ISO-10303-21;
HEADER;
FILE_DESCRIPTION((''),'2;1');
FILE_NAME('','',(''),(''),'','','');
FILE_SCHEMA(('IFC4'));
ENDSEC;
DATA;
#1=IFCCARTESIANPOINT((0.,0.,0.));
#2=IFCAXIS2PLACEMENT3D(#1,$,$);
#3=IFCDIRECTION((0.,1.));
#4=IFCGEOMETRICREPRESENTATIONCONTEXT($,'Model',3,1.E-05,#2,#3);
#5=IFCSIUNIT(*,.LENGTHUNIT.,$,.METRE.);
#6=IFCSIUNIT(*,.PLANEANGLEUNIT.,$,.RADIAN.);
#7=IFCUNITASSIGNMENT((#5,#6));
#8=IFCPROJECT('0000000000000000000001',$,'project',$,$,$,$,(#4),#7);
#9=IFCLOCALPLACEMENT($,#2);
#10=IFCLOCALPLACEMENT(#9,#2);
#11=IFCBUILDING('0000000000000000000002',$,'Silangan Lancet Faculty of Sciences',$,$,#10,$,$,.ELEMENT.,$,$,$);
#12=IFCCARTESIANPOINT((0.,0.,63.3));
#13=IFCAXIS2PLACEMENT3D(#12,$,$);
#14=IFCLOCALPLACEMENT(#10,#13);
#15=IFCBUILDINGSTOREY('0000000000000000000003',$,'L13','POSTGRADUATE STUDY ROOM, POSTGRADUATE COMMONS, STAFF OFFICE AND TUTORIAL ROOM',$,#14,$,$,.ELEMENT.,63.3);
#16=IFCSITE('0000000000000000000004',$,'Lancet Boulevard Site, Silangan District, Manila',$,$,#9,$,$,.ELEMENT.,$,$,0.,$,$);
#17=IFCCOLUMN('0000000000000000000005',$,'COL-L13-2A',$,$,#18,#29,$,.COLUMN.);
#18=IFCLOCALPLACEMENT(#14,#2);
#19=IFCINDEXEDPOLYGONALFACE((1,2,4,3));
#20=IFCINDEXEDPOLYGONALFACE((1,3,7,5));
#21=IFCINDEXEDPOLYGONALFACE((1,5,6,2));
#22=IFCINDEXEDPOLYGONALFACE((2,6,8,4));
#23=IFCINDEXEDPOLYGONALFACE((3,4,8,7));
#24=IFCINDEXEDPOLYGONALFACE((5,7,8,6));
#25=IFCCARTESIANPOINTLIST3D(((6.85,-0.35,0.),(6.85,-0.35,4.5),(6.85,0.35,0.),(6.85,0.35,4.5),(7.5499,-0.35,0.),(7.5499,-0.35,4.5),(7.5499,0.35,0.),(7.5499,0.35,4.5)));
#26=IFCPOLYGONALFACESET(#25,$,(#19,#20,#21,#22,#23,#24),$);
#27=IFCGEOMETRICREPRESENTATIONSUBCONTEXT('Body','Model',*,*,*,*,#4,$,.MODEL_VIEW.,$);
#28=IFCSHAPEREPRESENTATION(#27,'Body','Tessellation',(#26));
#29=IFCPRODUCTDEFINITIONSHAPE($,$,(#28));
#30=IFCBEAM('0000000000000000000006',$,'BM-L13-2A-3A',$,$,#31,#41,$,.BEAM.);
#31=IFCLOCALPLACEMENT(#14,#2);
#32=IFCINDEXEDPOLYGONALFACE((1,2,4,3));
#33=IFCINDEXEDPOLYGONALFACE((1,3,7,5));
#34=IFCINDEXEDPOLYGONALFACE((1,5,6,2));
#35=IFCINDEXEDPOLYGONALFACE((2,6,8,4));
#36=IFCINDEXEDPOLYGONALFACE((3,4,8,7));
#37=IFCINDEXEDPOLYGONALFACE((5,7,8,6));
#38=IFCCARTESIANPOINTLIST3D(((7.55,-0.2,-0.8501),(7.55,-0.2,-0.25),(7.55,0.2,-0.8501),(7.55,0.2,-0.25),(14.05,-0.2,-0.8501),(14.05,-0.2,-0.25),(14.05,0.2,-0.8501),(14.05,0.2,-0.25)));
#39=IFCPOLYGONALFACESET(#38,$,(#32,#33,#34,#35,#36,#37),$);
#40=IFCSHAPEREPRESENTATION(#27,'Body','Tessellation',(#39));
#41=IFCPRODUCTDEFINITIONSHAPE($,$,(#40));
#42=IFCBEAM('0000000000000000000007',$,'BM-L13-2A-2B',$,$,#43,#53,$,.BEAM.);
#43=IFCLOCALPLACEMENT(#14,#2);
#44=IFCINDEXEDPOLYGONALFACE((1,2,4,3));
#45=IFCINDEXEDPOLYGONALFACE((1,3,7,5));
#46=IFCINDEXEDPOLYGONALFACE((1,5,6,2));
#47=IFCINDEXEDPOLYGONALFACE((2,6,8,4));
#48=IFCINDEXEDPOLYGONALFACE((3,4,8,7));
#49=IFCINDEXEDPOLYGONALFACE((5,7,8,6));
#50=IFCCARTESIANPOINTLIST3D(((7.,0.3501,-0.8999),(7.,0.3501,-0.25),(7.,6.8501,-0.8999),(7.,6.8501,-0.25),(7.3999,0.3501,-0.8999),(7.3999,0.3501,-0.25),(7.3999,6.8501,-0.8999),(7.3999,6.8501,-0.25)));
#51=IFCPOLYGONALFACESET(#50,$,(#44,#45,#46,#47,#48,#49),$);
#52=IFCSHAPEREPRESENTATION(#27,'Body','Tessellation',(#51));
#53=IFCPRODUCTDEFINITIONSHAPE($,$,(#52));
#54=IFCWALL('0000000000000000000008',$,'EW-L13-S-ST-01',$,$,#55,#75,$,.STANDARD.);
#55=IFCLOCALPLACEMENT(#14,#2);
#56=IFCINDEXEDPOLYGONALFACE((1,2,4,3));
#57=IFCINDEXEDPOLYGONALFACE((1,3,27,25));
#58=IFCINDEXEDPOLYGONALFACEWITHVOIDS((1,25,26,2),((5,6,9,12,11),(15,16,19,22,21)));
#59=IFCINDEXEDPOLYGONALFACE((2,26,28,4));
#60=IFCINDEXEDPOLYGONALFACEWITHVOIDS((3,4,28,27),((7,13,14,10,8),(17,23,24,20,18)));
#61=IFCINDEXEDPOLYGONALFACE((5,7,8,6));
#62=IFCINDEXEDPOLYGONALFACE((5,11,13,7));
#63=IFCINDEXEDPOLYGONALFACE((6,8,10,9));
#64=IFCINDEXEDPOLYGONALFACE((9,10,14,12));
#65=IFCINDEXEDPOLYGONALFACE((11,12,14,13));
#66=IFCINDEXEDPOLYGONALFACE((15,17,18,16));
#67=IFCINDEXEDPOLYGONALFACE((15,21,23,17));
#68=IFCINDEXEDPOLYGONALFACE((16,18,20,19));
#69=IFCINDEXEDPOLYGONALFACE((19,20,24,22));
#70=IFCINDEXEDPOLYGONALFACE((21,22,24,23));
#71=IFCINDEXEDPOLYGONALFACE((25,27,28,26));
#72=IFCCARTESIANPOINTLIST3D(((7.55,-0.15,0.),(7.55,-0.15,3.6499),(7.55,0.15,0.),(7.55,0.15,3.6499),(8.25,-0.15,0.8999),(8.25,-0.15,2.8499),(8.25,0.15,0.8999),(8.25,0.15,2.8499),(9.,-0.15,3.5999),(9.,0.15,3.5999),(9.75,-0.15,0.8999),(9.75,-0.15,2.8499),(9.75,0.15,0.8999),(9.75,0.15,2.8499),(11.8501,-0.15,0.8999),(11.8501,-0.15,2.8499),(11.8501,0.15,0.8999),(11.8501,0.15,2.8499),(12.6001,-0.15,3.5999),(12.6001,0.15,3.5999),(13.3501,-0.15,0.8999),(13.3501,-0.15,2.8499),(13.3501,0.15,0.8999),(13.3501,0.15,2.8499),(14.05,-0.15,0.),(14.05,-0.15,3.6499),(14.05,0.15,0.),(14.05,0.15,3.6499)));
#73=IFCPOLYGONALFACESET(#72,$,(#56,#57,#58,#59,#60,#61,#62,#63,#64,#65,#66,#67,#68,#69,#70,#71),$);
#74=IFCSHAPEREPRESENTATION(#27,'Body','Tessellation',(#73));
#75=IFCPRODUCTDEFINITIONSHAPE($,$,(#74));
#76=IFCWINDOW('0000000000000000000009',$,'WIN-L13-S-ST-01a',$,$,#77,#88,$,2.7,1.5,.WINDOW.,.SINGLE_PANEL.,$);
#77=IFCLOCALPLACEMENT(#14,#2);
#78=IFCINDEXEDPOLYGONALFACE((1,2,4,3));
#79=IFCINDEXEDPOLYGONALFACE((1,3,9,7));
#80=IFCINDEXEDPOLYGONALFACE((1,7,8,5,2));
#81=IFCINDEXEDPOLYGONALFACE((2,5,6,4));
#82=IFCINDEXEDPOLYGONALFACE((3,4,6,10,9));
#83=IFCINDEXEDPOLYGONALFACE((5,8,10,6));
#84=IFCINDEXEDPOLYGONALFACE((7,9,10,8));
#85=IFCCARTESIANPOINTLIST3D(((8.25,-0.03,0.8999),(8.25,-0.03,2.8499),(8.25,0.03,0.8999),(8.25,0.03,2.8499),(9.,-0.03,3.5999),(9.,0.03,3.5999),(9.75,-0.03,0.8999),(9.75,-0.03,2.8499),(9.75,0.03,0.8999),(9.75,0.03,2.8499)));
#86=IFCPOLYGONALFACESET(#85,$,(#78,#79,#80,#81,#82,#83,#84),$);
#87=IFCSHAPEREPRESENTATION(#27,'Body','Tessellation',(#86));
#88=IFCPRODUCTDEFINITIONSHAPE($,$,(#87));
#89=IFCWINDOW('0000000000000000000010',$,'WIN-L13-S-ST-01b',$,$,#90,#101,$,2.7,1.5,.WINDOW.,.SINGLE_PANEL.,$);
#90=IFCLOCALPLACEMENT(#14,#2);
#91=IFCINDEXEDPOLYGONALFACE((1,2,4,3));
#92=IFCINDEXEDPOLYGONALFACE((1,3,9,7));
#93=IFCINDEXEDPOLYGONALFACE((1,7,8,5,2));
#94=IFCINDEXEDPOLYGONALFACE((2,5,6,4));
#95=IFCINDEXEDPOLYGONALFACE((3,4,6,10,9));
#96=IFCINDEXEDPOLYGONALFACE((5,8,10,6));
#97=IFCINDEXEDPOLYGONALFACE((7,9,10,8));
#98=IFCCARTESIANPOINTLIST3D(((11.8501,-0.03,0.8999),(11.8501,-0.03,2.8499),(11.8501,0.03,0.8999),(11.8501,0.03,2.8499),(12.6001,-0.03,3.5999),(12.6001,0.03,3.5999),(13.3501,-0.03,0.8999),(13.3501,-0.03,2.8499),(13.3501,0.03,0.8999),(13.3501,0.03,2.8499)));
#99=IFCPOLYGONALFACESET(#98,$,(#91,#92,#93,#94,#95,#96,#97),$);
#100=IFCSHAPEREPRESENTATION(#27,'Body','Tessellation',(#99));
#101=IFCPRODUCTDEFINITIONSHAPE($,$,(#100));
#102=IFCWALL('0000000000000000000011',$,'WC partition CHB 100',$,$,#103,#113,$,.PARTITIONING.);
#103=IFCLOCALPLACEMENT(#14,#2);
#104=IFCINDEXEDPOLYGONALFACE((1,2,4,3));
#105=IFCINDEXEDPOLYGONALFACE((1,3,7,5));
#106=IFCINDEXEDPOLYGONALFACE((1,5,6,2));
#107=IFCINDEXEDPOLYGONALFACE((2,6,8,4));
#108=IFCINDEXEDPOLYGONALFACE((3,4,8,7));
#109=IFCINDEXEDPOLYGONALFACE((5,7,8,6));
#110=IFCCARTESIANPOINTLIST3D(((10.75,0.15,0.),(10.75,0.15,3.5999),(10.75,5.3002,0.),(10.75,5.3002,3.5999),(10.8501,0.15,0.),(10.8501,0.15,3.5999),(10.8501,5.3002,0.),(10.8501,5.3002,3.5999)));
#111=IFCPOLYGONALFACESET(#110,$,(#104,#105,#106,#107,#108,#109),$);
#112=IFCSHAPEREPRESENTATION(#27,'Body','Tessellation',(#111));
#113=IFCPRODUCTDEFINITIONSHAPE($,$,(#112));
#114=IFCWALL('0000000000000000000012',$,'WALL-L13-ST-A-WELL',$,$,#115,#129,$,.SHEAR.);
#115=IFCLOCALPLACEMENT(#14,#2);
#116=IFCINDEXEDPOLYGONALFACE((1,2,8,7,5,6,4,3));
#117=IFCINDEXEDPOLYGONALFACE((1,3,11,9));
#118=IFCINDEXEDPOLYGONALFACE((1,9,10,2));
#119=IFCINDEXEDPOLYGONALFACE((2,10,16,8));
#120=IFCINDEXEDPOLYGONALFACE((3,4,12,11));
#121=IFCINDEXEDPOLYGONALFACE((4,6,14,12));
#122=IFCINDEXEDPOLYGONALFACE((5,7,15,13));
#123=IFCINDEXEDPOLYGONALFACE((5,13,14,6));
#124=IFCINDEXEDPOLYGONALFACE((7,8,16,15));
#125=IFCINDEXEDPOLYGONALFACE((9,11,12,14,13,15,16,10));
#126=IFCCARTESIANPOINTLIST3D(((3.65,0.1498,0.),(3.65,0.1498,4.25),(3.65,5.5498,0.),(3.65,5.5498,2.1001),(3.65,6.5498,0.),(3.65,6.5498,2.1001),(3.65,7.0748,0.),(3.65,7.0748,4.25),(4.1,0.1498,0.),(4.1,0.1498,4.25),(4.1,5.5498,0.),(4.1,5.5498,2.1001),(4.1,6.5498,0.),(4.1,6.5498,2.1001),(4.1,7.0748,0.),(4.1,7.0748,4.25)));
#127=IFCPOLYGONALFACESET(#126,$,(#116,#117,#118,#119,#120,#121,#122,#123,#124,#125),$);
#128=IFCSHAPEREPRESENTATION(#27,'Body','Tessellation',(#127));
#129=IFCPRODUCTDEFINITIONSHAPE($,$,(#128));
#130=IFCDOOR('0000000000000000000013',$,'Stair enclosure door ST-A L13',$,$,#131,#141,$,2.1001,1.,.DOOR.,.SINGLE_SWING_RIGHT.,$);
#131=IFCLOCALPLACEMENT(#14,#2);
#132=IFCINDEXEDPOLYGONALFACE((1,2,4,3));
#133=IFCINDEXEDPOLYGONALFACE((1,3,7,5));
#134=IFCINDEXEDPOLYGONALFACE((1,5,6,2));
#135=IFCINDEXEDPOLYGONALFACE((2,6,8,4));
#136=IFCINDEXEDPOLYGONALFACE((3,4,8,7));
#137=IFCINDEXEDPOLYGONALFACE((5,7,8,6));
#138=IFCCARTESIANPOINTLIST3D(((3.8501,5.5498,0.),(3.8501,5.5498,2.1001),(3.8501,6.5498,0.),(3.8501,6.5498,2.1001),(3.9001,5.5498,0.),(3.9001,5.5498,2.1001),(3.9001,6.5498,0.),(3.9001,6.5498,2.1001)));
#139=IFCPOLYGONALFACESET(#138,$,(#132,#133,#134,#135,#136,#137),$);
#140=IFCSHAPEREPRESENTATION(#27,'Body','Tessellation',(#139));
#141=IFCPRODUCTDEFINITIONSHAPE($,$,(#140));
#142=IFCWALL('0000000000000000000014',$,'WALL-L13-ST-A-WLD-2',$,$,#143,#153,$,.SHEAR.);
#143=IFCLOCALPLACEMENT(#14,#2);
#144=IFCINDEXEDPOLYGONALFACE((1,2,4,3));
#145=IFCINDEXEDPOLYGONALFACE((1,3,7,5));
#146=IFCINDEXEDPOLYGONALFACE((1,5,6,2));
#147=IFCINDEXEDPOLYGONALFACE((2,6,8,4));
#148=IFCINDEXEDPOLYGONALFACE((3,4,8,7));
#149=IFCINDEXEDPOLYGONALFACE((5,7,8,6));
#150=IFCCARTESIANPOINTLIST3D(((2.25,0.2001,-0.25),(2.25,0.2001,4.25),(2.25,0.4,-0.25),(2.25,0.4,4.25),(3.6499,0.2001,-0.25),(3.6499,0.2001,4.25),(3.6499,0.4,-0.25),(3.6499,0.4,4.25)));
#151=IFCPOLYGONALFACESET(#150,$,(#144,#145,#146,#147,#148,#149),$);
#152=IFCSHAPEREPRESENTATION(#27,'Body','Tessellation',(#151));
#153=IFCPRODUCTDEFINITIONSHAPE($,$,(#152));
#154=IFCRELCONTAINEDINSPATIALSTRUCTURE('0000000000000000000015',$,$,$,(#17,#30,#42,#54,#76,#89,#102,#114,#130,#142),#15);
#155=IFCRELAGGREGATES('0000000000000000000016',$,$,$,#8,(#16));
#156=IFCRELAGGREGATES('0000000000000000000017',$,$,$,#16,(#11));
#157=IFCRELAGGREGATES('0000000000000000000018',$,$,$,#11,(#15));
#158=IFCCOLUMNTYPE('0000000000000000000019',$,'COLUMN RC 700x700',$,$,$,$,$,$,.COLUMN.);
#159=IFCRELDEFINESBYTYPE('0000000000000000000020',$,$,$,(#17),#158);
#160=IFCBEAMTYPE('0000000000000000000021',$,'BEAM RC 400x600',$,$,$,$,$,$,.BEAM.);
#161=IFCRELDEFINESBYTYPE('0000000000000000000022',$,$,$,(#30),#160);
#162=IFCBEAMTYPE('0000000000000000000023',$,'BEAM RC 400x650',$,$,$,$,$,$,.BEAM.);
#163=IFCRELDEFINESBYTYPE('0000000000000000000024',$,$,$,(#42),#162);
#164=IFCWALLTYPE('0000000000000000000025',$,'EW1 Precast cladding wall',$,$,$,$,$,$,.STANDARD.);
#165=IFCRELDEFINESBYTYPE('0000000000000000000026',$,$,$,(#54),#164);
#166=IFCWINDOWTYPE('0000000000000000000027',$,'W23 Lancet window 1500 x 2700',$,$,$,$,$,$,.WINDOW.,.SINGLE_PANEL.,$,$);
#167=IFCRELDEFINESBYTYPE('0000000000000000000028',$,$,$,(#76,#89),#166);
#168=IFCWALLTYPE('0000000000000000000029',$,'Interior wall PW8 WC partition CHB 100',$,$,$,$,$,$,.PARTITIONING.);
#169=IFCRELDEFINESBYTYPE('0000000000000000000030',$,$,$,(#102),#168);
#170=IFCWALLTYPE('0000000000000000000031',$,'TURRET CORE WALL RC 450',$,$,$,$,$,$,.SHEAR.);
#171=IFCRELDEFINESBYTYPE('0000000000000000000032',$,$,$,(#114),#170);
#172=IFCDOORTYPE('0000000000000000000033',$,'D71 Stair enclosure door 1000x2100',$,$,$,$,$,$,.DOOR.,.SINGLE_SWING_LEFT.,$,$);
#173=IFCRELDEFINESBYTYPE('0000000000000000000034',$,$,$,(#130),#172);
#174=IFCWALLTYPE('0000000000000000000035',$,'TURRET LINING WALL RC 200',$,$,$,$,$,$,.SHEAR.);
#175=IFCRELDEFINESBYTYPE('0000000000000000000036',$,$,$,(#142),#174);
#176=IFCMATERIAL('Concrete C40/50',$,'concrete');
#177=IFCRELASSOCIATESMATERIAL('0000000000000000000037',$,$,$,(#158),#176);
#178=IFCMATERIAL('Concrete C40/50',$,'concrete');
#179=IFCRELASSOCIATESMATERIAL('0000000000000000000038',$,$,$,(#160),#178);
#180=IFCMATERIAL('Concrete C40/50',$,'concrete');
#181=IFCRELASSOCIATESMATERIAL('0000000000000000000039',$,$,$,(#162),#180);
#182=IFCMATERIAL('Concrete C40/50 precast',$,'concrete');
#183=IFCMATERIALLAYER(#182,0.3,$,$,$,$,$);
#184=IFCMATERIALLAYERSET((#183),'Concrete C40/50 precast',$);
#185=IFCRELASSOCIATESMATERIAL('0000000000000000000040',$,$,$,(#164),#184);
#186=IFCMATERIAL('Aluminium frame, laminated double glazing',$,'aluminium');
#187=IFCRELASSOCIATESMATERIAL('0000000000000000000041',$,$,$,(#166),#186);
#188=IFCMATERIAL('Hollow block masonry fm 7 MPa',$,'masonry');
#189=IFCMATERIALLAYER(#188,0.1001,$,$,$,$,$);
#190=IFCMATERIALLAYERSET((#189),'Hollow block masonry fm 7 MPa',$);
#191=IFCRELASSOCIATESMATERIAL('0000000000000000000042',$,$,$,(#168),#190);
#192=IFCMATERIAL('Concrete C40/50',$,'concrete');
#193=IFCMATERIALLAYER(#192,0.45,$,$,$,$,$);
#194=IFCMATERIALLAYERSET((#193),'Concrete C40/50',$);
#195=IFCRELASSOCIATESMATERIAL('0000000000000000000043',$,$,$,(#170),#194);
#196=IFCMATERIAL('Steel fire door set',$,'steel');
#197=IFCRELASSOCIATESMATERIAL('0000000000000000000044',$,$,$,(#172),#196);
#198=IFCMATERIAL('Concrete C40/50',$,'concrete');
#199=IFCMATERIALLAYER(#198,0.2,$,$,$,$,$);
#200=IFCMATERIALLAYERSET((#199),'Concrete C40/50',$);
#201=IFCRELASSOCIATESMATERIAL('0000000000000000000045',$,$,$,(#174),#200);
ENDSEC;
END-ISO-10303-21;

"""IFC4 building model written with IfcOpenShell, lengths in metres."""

from ifc_helpers import new_model, si_unit, direction, frame, frame_2d, origin, origin_2d, place, context, subcontext, project, spatial, polyline, rectangle, outline, extrude, material, layer, layer_set, material_profile, profile_set, type_object, element, fill, save


model = new_model("IFC4")

# Units and contexts
model_context = context("Model", 3, precision=1e-05, world=origin(), true_north=direction((0.0, 1.0)))
body_context = subcontext(model_context, "Body", "Model", "MODEL_VIEW")
ifc_project = project(units=[si_unit("LENGTHUNIT", "METRE"), si_unit("PLANEANGLEUNIT", "RADIAN")], contexts=[model_context])

# Site, building, storey
site_placement = place(None, origin())
site = spatial("IfcSite", under=ifc_project, at=site_placement, Name="Lancet Boulevard Site, Silangan District, Manila", CompositionType="ELEMENT", RefElevation=0.0)
building_placement = place(site_placement, origin())
building = spatial("IfcBuilding", under=site, at=building_placement, Name="Silangan Lancet Faculty of Sciences", CompositionType="ELEMENT")
storey_placement = place(building_placement, frame((0.0, 0.0, 63.3)))
storey = spatial("IfcBuildingStorey", under=building, at=storey_placement, Name="L13", Description="POSTGRADUATE STUDY ROOM, POSTGRADUATE COMMONS, STAFF OFFICE AND TUTORIAL ROOM", CompositionType="ELEMENT", Elevation=63.3)

# Column
ifc_material_1 = material(Name="Concrete C40/50", Category="concrete")
ifc_material_profile_1 = material_profile(ifc_material_1, rectangle(XDim=0.7, YDim=0.7, at=origin_2d()), Name="RC 700x700")
ifc_profile_set_1 = profile_set([ifc_material_profile_1], Name="Concrete C40/50")
column_type = type_object("IfcColumnType", Name="COLUMN RC 700x700", PredefinedType="COLUMN", material=ifc_profile_set_1)
column_placement = place(storey_placement, frame((7.2, 0.0, 0.0), z_axis=(0.0, 0.0, 1.0), x_axis=(1.0, 0.0, 0.0)))
element("IfcColumn", 1, at=column_placement, inside=storey, type_object=column_type, Name="COL-L13-2A", PredefinedType="COLUMN", context=body_context, shape_type="SweptSolid", body=[
    extrude(rectangle(XDim=0.7, YDim=0.7, at=origin_2d()), origin(), (0.0, 0.0, 1.0), 4.5),
])

# Beams
ifc_material_2 = material(Name="Concrete C40/50", Category="concrete")
ifc_material_profile_2 = material_profile(ifc_material_2, rectangle(XDim=0.3999, YDim=0.6001, at=origin_2d()), Name="RC 400x600")
ifc_profile_set_2 = profile_set([ifc_material_profile_2], Name="Concrete C40/50")
beam_type_1 = type_object("IfcBeamType", Name="BEAM RC 400x600", PredefinedType="BEAM", material=ifc_profile_set_2)
beam_1_placement = place(storey_placement, frame((7.55, 0.0, -0.55), z_axis=(1.0, 0.0, 0.0), x_axis=(0.0, 1.0, 0.0)))
element("IfcBeam", 2, at=beam_1_placement, inside=storey, type_object=beam_type_1, Name="BM-L13-2A-3A", PredefinedType="BEAM", context=body_context, shape_type="SweptSolid", body=[
    extrude(rectangle(XDim=0.3999, YDim=0.6001, at=origin_2d()), origin(), (0.0, 0.0, 1.0), 6.5),
])
ifc_material_3 = material(Name="Concrete C40/50", Category="concrete")
ifc_material_profile_3 = material_profile(ifc_material_3, rectangle(XDim=0.3999, YDim=0.6499, at=origin_2d()), Name="RC 400x650")
ifc_profile_set_3 = profile_set([ifc_material_profile_3], Name="Concrete C40/50")
beam_type_2 = type_object("IfcBeamType", Name="BEAM RC 400x650", PredefinedType="BEAM", material=ifc_profile_set_3)
beam_2_placement = place(storey_placement, frame((7.2, 0.3501, -0.575), z_axis=(0.0, 1.0, 0.0), x_axis=(-1.0, 0.0, 0.0)))
element("IfcBeam", 3, at=beam_2_placement, inside=storey, type_object=beam_type_2, Name="BM-L13-2A-2B", PredefinedType="BEAM", context=body_context, shape_type="SweptSolid", body=[
    extrude(rectangle(XDim=0.3999, YDim=0.6499, at=origin_2d()), origin(), (0.0, 0.0, 1.0), 6.5),
])

# Wall, openings, windows
ifc_material_4 = material(Name="Concrete C40/50 precast", Category="concrete")
ifc_layer_1 = layer(ifc_material_4, 0.3)
ifc_layer_set_1 = layer_set([ifc_layer_1], Name="Concrete C40/50 precast")
wall_type_1 = type_object("IfcWallType", Name="EW1 Precast cladding wall", PredefinedType="STANDARD", material=ifc_layer_set_1)
wall_1_placement = place(storey_placement, frame((7.55, 0.0, 0.0), z_axis=(0.0, 0.0, 1.0), x_axis=(1.0, 0.0, 0.0)))
wall_1 = element("IfcWall", 4, at=wall_1_placement, inside=storey, type_object=wall_type_1, Name="EW-L13-S-ST-01", PredefinedType="STANDARD", context=body_context, shape_type="SweptSolid", body=[
    extrude(rectangle(XDim=6.5, YDim=0.3, at=frame_2d((3.25, 0.0))), origin(), (0.0, 0.0, 1.0), 3.6499),
])
opening_1_placement = place(wall_1_placement, frame((0.7, 0.0, 0.8999)))
opening_1 = element("IfcOpeningElement", 5, at=opening_1_placement, cuts=wall_1, PredefinedType="OPENING", context=body_context, shape_type="SweptSolid", body=[
    extrude(outline(polyline([(0.0, 0.0), (1.5, 0.0), (1.5, 1.95), (0.75, 2.7), (0.0, 1.95), (0.0, 0.0)])), frame((0.0, 0.1599, 0.0), z_axis=(0.0, -1.0, 0.0), x_axis=(1.0, 0.0, 0.0)), (0.0, 0.0, 1.0), 0.3201),
])
opening_2_placement = place(wall_1_placement, frame((4.3, 0.0, 0.8999)))
opening_2 = element("IfcOpeningElement", 6, at=opening_2_placement, cuts=wall_1, PredefinedType="OPENING", context=body_context, shape_type="SweptSolid", body=[
    extrude(outline(polyline([(0.0, 0.0), (1.5, 0.0), (1.5, 1.95), (0.75, 2.7), (0.0, 1.95), (0.0, 0.0)])), frame((0.0, 0.1599, 0.0), z_axis=(0.0, -1.0, 0.0), x_axis=(1.0, 0.0, 0.0)), (0.0, 0.0, 1.0), 0.3201),
])
ifc_material_5 = material(Name="Aluminium frame, laminated double glazing", Category="aluminium")
window_type = type_object("IfcWindowType", Name="W23 Lancet window 1500 x 2700", PartitioningType="SINGLE_PANEL", PredefinedType="WINDOW", material=ifc_material_5)
window_1_placement = place(opening_1_placement, origin())
window_1 = element("IfcWindow", 7, at=window_1_placement, inside=storey, type_object=window_type, Name="WIN-L13-S-ST-01a", OverallHeight=2.7, OverallWidth=1.5, PartitioningType="SINGLE_PANEL", PredefinedType="WINDOW", context=body_context, shape_type="SweptSolid", body=[
    extrude(outline(polyline([(0.0, 0.0), (1.5, 0.0), (1.5, 1.95), (0.75, 2.7), (0.0, 1.95), (0.0, 0.0)])), frame((0.0, 0.03, 0.0), z_axis=(0.0, -1.0, 0.0), x_axis=(1.0, 0.0, 0.0)), (0.0, 0.0, 1.0), 0.0601),
])
fill(opening_1, window_1)
window_2_placement = place(opening_2_placement, origin())
window_2 = element("IfcWindow", 8, at=window_2_placement, inside=storey, type_object=window_type, Name="WIN-L13-S-ST-01b", OverallHeight=2.7, OverallWidth=1.5, PartitioningType="SINGLE_PANEL", PredefinedType="WINDOW", context=body_context, shape_type="SweptSolid", body=[
    extrude(outline(polyline([(0.0, 0.0), (1.5, 0.0), (1.5, 1.95), (0.75, 2.7), (0.0, 1.95), (0.0, 0.0)])), frame((0.0, 0.03, 0.0), z_axis=(0.0, -1.0, 0.0), x_axis=(1.0, 0.0, 0.0)), (0.0, 0.0, 1.0), 0.0601),
])
fill(opening_2, window_2)

# Wall
ifc_material_6 = material(Name="Hollow block masonry fm 7 MPa", Category="masonry")
ifc_layer_2 = layer(ifc_material_6, 0.1001)
ifc_layer_set_2 = layer_set([ifc_layer_2], Name="Hollow block masonry fm 7 MPa")
wall_type_2 = type_object("IfcWallType", Name="Interior wall PW8 WC partition CHB 100", PredefinedType="PARTITIONING", material=ifc_layer_set_2)
wall_2_placement = place(storey_placement, frame((10.8, 0.1499, 0.0), z_axis=(0.0, 0.0, 1.0), x_axis=(0.0, 1.0, 0.0)))
element("IfcWall", 9, at=wall_2_placement, inside=storey, type_object=wall_type_2, Name="WC partition CHB 100", PredefinedType="PARTITIONING", context=body_context, shape_type="SweptSolid", body=[
    extrude(rectangle(XDim=5.1501, YDim=0.1001, at=frame_2d((2.5752, 0.0))), origin(), (0.0, 0.0, 1.0), 3.5999),
])

# Wall, opening, door
ifc_material_7 = material(Name="Concrete C40/50", Category="concrete")
ifc_layer_3 = layer(ifc_material_7, 0.45)
ifc_layer_set_3 = layer_set([ifc_layer_3], Name="Concrete C40/50")
wall_type_3 = type_object("IfcWallType", Name="TURRET CORE WALL RC 450", PredefinedType="SHEAR", material=ifc_layer_set_3)
wall_3_placement = place(storey_placement, frame((3.875, 0.1499, 0.0), z_axis=(0.0, 0.0, 1.0), x_axis=(0.0, 1.0, 0.0)))
wall_3 = element("IfcWall", 10, at=wall_3_placement, inside=storey, type_object=wall_type_3, Name="WALL-L13-ST-A-WELL", PredefinedType="SHEAR", context=body_context, shape_type="SweptSolid", body=[
    extrude(rectangle(XDim=6.925, YDim=0.45, at=frame_2d((3.4624, 0.0))), origin(), (0.0, 0.0, 1.0), 4.25),
])
opening_3_placement = place(wall_3_placement, frame((5.3999, 0.0, 0.0)))
opening_3 = element("IfcOpeningElement", 11, at=opening_3_placement, cuts=wall_3, PredefinedType="OPENING", context=body_context, shape_type="SweptSolid", body=[
    extrude(rectangle(XDim=1.0, YDim=2.1001, at=frame_2d((0.5, 1.05))), frame((0.0, 0.2349, 0.0), z_axis=(0.0, -1.0, 0.0), x_axis=(1.0, 0.0, 0.0)), (0.0, 0.0, 1.0), 0.47),
])
ifc_material_8 = material(Name="Steel fire door set", Category="steel")
door_type = type_object("IfcDoorType", Name="D71 Stair enclosure door 1000x2100", OperationType="SINGLE_SWING_LEFT", PredefinedType="DOOR", material=ifc_material_8)
door_placement = place(opening_3_placement, origin())
door = element("IfcDoor", 12, at=door_placement, inside=storey, type_object=door_type, Name="Stair enclosure door ST-A L13", OperationType="SINGLE_SWING_RIGHT", OverallHeight=2.1001, OverallWidth=1.0, PredefinedType="DOOR", context=body_context, shape_type="SweptSolid", body=[
    extrude(rectangle(XDim=1.0, YDim=2.1001, at=frame_2d((0.5, 1.05))), frame((0.0, 0.0249, 0.0), z_axis=(0.0, -1.0, 0.0), x_axis=(1.0, 0.0, 0.0)), (0.0, 0.0, 1.0), 0.05),
])
fill(opening_3, door)

# Wall
ifc_material_9 = material(Name="Concrete C40/50", Category="concrete")
ifc_layer_4 = layer(ifc_material_9, 0.2)
ifc_layer_set_4 = layer_set([ifc_layer_4], Name="Concrete C40/50")
wall_type_4 = type_object("IfcWallType", Name="TURRET LINING WALL RC 200", PredefinedType="SHEAR", material=ifc_layer_set_4)
wall_4_placement = place(storey_placement, frame((2.25, 0.3, -0.25), z_axis=(0.0, 0.0, 1.0), x_axis=(1.0, 0.0, 0.0)))
element("IfcWall", 13, at=wall_4_placement, inside=storey, type_object=wall_type_4, Name="WALL-L13-ST-A-WLD-2", PredefinedType="SHEAR", context=body_context, shape_type="SweptSolid", body=[
    extrude(rectangle(XDim=1.3999, YDim=0.2, at=frame_2d((0.7, 0.0))), origin(), (0.0, 0.0, 1.0), 4.5),
])

save(model, "model.ifc")
